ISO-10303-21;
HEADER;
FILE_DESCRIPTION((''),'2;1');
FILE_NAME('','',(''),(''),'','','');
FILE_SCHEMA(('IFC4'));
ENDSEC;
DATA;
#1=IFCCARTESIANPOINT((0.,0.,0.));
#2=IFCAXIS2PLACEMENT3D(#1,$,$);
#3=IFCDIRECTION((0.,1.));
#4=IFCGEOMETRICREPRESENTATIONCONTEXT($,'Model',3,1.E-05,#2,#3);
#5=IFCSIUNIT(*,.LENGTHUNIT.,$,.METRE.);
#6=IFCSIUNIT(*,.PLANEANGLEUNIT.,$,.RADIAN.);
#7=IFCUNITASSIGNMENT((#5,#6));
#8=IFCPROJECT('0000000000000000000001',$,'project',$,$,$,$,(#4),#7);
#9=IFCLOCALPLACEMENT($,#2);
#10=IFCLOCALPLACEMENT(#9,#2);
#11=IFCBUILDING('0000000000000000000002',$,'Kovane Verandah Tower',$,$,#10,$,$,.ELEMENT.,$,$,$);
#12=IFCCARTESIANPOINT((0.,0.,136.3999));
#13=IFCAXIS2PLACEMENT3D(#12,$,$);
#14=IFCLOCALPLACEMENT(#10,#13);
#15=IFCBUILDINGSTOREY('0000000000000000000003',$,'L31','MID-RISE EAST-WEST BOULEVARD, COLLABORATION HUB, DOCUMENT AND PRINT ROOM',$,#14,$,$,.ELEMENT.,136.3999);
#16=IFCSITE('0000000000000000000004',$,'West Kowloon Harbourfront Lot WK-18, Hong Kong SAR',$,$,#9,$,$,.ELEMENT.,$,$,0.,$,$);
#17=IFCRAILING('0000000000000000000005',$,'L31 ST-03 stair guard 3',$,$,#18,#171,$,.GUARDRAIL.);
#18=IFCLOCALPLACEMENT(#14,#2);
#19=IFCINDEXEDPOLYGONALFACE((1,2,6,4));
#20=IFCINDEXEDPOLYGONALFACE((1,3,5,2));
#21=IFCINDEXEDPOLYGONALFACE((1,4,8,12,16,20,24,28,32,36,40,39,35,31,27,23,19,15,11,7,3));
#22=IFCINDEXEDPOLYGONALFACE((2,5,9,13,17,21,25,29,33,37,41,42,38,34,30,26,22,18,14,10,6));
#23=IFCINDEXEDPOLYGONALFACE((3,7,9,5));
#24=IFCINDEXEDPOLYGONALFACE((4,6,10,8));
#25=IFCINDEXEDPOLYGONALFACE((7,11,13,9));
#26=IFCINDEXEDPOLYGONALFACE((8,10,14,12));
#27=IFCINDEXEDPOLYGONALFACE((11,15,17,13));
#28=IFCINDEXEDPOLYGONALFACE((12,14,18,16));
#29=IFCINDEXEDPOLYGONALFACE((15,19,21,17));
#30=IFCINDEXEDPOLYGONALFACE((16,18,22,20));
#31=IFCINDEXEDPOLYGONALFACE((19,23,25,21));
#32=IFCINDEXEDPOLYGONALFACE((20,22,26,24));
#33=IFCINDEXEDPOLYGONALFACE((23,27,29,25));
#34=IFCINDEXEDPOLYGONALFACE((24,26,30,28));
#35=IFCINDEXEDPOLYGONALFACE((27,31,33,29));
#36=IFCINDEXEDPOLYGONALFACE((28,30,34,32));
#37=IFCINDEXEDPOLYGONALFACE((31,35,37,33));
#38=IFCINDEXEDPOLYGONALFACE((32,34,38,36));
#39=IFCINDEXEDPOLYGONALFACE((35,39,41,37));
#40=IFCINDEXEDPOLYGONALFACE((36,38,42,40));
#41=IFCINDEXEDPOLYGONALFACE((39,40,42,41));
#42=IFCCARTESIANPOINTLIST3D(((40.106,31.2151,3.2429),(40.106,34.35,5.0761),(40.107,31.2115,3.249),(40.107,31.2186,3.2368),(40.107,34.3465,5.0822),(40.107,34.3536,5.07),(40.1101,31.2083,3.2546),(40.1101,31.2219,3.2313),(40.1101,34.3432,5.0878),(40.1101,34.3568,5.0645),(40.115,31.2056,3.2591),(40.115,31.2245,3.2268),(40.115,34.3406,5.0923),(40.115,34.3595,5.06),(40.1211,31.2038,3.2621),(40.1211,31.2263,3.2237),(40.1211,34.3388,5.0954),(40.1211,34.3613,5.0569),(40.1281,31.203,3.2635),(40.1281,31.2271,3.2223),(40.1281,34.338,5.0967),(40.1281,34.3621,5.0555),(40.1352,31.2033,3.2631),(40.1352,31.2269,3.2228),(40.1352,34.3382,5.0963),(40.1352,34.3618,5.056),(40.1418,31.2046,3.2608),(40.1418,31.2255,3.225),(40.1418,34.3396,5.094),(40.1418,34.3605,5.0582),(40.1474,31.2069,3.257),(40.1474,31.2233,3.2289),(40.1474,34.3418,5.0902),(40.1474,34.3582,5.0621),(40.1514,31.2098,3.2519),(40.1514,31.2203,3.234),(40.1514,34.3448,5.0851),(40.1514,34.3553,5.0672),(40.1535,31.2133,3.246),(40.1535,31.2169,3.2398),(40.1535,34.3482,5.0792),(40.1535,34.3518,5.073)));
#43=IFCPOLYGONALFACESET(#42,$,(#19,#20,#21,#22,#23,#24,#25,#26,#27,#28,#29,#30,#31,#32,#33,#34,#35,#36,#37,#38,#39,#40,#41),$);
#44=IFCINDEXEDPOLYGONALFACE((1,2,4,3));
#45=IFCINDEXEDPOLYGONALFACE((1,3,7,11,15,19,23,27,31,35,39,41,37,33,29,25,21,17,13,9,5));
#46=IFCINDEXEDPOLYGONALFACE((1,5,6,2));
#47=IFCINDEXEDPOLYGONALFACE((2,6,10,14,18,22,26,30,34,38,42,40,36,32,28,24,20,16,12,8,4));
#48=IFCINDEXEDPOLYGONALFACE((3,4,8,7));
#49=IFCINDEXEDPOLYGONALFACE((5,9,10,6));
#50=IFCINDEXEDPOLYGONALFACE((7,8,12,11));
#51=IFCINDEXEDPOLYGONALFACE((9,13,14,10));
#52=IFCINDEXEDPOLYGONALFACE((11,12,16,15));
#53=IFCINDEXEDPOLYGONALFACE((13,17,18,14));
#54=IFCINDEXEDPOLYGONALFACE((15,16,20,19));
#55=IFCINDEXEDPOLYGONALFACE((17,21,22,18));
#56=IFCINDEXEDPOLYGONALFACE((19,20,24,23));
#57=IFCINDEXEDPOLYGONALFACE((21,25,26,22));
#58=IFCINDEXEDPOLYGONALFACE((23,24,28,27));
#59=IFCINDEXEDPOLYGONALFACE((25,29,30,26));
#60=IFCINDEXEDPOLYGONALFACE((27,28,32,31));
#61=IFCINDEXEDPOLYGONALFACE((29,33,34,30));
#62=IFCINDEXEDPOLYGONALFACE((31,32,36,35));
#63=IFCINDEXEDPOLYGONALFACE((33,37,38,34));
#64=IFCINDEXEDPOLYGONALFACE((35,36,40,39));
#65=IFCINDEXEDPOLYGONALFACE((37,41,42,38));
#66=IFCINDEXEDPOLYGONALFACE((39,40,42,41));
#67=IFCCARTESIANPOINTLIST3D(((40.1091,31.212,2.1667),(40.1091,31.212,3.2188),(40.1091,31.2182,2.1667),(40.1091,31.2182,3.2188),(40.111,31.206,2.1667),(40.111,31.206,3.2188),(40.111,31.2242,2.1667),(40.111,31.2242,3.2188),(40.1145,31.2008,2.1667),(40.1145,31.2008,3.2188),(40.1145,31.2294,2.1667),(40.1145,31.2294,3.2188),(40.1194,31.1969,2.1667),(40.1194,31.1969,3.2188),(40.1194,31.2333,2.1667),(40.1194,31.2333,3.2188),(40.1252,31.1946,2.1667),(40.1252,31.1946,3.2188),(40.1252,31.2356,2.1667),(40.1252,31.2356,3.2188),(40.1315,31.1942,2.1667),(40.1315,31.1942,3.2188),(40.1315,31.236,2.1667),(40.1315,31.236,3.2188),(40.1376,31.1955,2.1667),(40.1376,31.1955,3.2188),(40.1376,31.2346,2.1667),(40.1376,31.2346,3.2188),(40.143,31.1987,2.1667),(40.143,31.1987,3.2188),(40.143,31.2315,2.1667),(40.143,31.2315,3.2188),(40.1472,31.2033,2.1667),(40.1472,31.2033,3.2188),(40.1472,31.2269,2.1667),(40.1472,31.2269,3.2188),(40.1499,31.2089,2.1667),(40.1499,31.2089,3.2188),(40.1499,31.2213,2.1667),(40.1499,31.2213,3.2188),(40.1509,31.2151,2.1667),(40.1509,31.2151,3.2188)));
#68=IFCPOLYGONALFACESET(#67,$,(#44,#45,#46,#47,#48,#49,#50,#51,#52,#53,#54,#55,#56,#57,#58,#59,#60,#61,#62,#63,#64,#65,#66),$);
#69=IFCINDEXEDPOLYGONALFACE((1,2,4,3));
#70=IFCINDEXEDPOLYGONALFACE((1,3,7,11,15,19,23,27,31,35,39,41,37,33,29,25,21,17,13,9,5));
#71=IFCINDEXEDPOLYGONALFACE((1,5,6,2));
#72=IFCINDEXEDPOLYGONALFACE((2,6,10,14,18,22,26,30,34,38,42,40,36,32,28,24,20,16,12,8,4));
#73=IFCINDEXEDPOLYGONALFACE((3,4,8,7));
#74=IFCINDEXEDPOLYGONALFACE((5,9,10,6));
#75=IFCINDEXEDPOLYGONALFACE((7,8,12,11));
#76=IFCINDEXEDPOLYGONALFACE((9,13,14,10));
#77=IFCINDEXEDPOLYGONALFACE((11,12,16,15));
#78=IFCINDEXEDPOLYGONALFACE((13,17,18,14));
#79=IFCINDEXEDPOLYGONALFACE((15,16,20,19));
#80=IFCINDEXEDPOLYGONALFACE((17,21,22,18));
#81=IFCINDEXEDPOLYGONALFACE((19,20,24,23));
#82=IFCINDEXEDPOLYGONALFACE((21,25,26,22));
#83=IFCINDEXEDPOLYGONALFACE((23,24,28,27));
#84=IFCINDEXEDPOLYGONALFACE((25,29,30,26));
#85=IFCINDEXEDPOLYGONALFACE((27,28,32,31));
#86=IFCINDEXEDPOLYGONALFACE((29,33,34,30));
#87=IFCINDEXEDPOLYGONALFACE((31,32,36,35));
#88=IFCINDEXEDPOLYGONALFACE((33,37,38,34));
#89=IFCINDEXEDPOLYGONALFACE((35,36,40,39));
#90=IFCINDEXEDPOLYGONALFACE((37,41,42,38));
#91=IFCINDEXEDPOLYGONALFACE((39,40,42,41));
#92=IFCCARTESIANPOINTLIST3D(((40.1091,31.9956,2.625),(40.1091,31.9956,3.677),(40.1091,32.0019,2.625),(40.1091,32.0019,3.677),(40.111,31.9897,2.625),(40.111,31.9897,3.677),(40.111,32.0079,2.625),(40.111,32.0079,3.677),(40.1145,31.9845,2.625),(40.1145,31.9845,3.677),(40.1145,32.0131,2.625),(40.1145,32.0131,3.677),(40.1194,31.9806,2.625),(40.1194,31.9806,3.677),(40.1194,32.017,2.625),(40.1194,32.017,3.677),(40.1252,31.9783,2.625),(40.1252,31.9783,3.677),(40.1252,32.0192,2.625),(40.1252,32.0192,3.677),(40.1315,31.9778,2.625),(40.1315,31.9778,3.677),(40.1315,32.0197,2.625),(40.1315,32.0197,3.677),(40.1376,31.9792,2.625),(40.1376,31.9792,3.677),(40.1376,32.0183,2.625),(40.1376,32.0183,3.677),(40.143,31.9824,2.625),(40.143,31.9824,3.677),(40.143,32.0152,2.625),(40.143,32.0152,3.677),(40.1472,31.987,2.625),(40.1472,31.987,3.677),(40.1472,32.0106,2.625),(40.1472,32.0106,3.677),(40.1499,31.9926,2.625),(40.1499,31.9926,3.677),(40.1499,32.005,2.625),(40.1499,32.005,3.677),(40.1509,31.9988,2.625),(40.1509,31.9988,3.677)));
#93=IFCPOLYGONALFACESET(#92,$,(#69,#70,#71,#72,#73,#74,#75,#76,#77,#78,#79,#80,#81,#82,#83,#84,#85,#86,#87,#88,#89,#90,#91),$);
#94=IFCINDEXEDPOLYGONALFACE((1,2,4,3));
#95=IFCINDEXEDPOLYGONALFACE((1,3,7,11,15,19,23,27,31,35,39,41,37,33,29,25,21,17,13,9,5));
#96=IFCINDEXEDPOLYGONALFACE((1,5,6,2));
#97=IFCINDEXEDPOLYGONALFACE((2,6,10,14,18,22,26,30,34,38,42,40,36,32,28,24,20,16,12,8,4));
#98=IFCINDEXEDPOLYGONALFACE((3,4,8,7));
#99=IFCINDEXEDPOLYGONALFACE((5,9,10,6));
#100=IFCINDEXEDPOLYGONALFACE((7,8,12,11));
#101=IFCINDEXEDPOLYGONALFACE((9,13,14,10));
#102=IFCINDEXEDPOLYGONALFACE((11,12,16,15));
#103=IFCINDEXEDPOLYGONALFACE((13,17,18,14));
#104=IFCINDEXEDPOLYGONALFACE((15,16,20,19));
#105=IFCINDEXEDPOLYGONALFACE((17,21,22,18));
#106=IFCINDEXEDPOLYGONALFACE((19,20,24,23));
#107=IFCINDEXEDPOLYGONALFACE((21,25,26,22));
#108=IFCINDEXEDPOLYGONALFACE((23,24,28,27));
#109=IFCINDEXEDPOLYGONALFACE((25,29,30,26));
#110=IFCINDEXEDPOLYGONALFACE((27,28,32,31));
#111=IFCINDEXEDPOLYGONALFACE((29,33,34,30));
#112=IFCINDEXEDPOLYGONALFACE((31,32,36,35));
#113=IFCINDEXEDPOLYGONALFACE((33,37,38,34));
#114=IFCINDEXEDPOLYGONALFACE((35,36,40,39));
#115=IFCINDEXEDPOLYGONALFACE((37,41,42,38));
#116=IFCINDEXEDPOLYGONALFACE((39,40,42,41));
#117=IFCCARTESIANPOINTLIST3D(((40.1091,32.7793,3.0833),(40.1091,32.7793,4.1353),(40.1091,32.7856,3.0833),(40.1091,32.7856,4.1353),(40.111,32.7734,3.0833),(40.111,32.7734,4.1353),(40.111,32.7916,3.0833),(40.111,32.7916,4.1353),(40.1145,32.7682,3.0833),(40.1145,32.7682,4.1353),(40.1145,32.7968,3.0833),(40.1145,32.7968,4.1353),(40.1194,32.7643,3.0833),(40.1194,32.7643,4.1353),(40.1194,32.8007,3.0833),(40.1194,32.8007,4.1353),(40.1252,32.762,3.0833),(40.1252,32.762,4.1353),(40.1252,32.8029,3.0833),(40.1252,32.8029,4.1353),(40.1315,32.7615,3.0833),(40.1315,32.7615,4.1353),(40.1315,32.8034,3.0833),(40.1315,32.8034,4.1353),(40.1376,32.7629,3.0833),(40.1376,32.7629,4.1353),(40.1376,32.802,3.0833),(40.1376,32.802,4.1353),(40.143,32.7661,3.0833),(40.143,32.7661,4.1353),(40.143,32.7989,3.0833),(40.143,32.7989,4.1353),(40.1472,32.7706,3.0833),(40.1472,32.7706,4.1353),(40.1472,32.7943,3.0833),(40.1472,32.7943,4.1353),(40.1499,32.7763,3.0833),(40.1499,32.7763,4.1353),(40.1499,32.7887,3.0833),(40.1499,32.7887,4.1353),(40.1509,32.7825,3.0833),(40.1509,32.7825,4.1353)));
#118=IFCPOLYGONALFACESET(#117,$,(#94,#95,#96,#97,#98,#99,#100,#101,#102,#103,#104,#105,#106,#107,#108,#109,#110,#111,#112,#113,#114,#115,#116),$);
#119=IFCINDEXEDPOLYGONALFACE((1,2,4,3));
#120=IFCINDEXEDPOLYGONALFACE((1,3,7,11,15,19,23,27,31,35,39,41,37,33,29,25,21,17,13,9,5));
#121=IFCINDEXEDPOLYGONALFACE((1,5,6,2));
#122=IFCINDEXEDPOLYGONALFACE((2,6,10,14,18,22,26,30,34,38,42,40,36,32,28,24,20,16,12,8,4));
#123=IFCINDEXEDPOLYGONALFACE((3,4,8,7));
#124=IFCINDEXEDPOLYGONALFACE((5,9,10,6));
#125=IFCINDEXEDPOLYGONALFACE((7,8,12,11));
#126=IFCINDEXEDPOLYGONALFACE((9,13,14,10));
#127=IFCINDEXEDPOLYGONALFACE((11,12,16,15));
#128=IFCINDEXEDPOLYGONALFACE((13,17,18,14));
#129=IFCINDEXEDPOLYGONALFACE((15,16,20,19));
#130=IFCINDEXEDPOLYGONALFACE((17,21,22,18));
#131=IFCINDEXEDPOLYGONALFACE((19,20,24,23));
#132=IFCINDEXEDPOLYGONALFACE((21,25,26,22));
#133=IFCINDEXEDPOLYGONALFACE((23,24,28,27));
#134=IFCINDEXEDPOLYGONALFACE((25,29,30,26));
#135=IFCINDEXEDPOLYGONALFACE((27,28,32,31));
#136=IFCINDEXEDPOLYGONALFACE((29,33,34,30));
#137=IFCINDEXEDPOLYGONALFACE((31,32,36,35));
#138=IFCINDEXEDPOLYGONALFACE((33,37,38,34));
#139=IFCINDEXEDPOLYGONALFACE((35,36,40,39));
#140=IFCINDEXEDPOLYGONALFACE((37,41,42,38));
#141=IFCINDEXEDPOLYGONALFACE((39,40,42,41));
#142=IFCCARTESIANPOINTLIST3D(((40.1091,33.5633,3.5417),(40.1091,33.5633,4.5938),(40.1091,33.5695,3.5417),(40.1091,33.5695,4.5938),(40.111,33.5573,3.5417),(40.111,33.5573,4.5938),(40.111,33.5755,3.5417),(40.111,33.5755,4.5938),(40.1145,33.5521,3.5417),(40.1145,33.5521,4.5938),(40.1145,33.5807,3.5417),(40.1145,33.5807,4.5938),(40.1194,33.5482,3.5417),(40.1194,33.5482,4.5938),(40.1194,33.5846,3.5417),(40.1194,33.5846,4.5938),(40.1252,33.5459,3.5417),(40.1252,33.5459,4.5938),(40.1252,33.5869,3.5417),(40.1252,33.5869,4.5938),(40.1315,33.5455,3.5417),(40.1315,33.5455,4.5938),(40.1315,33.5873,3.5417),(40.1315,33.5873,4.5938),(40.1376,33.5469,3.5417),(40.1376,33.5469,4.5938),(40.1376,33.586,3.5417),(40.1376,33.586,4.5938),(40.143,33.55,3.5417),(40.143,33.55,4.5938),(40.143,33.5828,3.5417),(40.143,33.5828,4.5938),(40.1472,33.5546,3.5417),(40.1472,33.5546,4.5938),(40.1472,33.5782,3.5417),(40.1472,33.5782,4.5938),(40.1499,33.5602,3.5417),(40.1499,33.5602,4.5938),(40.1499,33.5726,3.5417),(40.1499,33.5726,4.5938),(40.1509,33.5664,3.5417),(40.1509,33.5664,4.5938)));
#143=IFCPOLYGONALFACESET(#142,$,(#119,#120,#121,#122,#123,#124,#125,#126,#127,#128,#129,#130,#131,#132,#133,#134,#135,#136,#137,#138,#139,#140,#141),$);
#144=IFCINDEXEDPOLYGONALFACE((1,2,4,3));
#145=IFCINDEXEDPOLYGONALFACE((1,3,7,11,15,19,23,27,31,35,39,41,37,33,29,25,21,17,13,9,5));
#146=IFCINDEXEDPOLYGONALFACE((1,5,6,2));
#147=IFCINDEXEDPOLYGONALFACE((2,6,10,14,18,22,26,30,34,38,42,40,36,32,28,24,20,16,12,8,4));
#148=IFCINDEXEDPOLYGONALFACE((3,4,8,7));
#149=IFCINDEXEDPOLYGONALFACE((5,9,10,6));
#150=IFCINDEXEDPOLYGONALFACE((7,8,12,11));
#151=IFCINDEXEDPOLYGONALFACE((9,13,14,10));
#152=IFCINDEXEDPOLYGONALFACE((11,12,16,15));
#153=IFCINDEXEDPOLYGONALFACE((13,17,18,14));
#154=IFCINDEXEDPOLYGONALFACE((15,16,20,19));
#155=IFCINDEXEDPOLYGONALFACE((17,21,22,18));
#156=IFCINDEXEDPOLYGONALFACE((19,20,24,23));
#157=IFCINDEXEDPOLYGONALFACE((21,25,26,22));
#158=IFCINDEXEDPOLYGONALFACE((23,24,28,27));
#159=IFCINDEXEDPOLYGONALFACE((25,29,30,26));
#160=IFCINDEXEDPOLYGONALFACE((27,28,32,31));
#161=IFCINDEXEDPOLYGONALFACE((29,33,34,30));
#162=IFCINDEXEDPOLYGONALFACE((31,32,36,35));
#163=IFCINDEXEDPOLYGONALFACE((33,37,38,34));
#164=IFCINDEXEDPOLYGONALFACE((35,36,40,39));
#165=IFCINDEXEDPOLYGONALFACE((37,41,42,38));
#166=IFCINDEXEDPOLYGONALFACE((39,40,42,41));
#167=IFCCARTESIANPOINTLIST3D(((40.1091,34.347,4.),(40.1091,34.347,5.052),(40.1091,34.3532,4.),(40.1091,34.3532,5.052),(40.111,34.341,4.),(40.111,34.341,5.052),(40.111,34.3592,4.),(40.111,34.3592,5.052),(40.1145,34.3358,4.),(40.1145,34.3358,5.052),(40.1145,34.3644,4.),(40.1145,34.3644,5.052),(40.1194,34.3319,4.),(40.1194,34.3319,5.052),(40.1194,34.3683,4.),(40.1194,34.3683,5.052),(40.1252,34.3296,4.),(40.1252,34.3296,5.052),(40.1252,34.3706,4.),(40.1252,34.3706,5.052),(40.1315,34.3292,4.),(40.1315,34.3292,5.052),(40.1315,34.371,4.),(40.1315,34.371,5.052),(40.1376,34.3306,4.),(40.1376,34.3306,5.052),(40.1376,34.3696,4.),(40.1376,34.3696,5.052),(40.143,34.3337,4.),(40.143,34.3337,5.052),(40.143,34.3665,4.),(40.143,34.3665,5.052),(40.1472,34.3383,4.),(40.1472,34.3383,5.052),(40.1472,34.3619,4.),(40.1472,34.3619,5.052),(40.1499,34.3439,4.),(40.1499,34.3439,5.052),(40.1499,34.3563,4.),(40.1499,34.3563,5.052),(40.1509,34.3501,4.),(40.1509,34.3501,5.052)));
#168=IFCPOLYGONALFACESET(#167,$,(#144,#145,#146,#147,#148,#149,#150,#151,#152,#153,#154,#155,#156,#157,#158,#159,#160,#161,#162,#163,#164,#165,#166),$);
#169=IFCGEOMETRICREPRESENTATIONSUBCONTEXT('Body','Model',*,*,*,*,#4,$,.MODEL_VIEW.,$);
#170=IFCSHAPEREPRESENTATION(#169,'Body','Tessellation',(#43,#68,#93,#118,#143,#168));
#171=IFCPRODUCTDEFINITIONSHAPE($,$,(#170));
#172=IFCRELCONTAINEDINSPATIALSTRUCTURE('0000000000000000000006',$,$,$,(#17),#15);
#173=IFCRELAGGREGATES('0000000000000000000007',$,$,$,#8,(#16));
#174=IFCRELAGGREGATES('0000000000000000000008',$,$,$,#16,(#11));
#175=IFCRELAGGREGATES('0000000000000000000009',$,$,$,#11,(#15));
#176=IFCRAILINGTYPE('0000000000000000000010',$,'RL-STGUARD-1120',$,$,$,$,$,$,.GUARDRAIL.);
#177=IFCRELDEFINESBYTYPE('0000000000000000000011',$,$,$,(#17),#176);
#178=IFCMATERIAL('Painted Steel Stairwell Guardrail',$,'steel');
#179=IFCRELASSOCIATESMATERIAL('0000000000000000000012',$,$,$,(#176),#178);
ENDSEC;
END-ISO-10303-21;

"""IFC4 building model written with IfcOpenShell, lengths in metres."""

from ifc_helpers import new_model, si_unit, direction, frame, origin, origin_2d, place, context, subcontext, project, spatial, circle, extrude, material, type_object, element, save


model = new_model("IFC4")

# Units and contexts
model_context = context("Model", 3, precision=1e-05, world=origin(), true_north=direction((0.0, 1.0)))
body_context = subcontext(model_context, "Body", "Model", "MODEL_VIEW")
ifc_project = project(units=[si_unit("LENGTHUNIT", "METRE"), si_unit("PLANEANGLEUNIT", "RADIAN")], contexts=[model_context])

# Site, building, storey
site_placement = place(None, origin())
site = spatial("IfcSite", under=ifc_project, at=site_placement, Name="West Kowloon Harbourfront Lot WK-18, Hong Kong SAR", CompositionType="ELEMENT", RefElevation=0.0)
building_placement = place(site_placement, origin())
building = spatial("IfcBuilding", under=site, at=building_placement, Name="Kovane Verandah Tower", CompositionType="ELEMENT")
storey_placement = place(building_placement, frame((0.0, 0.0, 136.3999)))
storey = spatial("IfcBuildingStorey", under=building, at=storey_placement, Name="L31", Description="MID-RISE EAST-WEST BOULEVARD, COLLABORATION HUB, DOCUMENT AND PRINT ROOM", CompositionType="ELEMENT", Elevation=136.3999)

# Railing
ifc_material_1 = material(Name="Painted Steel Stairwell Guardrail", Category="steel")
railing_type_1 = type_object("IfcRailingType", Name="RL-STGUARD-1120", PredefinedType="GUARDRAIL", material=ifc_material_1)
railing_1_placement = place(storey_placement, frame((40.1299, 31.2151, 2.1667)))
element("IfcRailing", 1, at=railing_1_placement, inside=storey, type_object=railing_type_1, Name="L31 ST-03 stair guard 3", PredefinedType="GUARDRAIL", context=body_context, shape_type="SweptSolid", body=[
    extrude(circle(Radius=0.0239, at=origin_2d()), frame((0.0, 0.0, 1.0762), z_axis=(0.0, 0.86324, 0.504794), x_axis=(-1.0, 0.0, 0.0)), (0.0, 0.0, 1.0), 3.6316),
    extrude(circle(Radius=0.021, at=origin_2d()), origin(), (0.0, 0.0, 1.0), 1.052),
    extrude(circle(Radius=0.021, at=origin_2d()), frame((0.0, 0.7837, 0.4583)), (0.0, 0.0, 1.0), 1.052),
    extrude(circle(Radius=0.021, at=origin_2d()), frame((0.0, 1.5674, 0.9165)), (0.0, 0.0, 1.0), 1.052),
    extrude(circle(Radius=0.021, at=origin_2d()), frame((0.0, 2.3513, 1.375)), (0.0, 0.0, 1.0), 1.052),
    extrude(circle(Radius=0.021, at=origin_2d()), frame((0.0, 3.135, 1.8333)), (0.0, 0.0, 1.0), 1.052),
])

save(model, "model.ifc")
